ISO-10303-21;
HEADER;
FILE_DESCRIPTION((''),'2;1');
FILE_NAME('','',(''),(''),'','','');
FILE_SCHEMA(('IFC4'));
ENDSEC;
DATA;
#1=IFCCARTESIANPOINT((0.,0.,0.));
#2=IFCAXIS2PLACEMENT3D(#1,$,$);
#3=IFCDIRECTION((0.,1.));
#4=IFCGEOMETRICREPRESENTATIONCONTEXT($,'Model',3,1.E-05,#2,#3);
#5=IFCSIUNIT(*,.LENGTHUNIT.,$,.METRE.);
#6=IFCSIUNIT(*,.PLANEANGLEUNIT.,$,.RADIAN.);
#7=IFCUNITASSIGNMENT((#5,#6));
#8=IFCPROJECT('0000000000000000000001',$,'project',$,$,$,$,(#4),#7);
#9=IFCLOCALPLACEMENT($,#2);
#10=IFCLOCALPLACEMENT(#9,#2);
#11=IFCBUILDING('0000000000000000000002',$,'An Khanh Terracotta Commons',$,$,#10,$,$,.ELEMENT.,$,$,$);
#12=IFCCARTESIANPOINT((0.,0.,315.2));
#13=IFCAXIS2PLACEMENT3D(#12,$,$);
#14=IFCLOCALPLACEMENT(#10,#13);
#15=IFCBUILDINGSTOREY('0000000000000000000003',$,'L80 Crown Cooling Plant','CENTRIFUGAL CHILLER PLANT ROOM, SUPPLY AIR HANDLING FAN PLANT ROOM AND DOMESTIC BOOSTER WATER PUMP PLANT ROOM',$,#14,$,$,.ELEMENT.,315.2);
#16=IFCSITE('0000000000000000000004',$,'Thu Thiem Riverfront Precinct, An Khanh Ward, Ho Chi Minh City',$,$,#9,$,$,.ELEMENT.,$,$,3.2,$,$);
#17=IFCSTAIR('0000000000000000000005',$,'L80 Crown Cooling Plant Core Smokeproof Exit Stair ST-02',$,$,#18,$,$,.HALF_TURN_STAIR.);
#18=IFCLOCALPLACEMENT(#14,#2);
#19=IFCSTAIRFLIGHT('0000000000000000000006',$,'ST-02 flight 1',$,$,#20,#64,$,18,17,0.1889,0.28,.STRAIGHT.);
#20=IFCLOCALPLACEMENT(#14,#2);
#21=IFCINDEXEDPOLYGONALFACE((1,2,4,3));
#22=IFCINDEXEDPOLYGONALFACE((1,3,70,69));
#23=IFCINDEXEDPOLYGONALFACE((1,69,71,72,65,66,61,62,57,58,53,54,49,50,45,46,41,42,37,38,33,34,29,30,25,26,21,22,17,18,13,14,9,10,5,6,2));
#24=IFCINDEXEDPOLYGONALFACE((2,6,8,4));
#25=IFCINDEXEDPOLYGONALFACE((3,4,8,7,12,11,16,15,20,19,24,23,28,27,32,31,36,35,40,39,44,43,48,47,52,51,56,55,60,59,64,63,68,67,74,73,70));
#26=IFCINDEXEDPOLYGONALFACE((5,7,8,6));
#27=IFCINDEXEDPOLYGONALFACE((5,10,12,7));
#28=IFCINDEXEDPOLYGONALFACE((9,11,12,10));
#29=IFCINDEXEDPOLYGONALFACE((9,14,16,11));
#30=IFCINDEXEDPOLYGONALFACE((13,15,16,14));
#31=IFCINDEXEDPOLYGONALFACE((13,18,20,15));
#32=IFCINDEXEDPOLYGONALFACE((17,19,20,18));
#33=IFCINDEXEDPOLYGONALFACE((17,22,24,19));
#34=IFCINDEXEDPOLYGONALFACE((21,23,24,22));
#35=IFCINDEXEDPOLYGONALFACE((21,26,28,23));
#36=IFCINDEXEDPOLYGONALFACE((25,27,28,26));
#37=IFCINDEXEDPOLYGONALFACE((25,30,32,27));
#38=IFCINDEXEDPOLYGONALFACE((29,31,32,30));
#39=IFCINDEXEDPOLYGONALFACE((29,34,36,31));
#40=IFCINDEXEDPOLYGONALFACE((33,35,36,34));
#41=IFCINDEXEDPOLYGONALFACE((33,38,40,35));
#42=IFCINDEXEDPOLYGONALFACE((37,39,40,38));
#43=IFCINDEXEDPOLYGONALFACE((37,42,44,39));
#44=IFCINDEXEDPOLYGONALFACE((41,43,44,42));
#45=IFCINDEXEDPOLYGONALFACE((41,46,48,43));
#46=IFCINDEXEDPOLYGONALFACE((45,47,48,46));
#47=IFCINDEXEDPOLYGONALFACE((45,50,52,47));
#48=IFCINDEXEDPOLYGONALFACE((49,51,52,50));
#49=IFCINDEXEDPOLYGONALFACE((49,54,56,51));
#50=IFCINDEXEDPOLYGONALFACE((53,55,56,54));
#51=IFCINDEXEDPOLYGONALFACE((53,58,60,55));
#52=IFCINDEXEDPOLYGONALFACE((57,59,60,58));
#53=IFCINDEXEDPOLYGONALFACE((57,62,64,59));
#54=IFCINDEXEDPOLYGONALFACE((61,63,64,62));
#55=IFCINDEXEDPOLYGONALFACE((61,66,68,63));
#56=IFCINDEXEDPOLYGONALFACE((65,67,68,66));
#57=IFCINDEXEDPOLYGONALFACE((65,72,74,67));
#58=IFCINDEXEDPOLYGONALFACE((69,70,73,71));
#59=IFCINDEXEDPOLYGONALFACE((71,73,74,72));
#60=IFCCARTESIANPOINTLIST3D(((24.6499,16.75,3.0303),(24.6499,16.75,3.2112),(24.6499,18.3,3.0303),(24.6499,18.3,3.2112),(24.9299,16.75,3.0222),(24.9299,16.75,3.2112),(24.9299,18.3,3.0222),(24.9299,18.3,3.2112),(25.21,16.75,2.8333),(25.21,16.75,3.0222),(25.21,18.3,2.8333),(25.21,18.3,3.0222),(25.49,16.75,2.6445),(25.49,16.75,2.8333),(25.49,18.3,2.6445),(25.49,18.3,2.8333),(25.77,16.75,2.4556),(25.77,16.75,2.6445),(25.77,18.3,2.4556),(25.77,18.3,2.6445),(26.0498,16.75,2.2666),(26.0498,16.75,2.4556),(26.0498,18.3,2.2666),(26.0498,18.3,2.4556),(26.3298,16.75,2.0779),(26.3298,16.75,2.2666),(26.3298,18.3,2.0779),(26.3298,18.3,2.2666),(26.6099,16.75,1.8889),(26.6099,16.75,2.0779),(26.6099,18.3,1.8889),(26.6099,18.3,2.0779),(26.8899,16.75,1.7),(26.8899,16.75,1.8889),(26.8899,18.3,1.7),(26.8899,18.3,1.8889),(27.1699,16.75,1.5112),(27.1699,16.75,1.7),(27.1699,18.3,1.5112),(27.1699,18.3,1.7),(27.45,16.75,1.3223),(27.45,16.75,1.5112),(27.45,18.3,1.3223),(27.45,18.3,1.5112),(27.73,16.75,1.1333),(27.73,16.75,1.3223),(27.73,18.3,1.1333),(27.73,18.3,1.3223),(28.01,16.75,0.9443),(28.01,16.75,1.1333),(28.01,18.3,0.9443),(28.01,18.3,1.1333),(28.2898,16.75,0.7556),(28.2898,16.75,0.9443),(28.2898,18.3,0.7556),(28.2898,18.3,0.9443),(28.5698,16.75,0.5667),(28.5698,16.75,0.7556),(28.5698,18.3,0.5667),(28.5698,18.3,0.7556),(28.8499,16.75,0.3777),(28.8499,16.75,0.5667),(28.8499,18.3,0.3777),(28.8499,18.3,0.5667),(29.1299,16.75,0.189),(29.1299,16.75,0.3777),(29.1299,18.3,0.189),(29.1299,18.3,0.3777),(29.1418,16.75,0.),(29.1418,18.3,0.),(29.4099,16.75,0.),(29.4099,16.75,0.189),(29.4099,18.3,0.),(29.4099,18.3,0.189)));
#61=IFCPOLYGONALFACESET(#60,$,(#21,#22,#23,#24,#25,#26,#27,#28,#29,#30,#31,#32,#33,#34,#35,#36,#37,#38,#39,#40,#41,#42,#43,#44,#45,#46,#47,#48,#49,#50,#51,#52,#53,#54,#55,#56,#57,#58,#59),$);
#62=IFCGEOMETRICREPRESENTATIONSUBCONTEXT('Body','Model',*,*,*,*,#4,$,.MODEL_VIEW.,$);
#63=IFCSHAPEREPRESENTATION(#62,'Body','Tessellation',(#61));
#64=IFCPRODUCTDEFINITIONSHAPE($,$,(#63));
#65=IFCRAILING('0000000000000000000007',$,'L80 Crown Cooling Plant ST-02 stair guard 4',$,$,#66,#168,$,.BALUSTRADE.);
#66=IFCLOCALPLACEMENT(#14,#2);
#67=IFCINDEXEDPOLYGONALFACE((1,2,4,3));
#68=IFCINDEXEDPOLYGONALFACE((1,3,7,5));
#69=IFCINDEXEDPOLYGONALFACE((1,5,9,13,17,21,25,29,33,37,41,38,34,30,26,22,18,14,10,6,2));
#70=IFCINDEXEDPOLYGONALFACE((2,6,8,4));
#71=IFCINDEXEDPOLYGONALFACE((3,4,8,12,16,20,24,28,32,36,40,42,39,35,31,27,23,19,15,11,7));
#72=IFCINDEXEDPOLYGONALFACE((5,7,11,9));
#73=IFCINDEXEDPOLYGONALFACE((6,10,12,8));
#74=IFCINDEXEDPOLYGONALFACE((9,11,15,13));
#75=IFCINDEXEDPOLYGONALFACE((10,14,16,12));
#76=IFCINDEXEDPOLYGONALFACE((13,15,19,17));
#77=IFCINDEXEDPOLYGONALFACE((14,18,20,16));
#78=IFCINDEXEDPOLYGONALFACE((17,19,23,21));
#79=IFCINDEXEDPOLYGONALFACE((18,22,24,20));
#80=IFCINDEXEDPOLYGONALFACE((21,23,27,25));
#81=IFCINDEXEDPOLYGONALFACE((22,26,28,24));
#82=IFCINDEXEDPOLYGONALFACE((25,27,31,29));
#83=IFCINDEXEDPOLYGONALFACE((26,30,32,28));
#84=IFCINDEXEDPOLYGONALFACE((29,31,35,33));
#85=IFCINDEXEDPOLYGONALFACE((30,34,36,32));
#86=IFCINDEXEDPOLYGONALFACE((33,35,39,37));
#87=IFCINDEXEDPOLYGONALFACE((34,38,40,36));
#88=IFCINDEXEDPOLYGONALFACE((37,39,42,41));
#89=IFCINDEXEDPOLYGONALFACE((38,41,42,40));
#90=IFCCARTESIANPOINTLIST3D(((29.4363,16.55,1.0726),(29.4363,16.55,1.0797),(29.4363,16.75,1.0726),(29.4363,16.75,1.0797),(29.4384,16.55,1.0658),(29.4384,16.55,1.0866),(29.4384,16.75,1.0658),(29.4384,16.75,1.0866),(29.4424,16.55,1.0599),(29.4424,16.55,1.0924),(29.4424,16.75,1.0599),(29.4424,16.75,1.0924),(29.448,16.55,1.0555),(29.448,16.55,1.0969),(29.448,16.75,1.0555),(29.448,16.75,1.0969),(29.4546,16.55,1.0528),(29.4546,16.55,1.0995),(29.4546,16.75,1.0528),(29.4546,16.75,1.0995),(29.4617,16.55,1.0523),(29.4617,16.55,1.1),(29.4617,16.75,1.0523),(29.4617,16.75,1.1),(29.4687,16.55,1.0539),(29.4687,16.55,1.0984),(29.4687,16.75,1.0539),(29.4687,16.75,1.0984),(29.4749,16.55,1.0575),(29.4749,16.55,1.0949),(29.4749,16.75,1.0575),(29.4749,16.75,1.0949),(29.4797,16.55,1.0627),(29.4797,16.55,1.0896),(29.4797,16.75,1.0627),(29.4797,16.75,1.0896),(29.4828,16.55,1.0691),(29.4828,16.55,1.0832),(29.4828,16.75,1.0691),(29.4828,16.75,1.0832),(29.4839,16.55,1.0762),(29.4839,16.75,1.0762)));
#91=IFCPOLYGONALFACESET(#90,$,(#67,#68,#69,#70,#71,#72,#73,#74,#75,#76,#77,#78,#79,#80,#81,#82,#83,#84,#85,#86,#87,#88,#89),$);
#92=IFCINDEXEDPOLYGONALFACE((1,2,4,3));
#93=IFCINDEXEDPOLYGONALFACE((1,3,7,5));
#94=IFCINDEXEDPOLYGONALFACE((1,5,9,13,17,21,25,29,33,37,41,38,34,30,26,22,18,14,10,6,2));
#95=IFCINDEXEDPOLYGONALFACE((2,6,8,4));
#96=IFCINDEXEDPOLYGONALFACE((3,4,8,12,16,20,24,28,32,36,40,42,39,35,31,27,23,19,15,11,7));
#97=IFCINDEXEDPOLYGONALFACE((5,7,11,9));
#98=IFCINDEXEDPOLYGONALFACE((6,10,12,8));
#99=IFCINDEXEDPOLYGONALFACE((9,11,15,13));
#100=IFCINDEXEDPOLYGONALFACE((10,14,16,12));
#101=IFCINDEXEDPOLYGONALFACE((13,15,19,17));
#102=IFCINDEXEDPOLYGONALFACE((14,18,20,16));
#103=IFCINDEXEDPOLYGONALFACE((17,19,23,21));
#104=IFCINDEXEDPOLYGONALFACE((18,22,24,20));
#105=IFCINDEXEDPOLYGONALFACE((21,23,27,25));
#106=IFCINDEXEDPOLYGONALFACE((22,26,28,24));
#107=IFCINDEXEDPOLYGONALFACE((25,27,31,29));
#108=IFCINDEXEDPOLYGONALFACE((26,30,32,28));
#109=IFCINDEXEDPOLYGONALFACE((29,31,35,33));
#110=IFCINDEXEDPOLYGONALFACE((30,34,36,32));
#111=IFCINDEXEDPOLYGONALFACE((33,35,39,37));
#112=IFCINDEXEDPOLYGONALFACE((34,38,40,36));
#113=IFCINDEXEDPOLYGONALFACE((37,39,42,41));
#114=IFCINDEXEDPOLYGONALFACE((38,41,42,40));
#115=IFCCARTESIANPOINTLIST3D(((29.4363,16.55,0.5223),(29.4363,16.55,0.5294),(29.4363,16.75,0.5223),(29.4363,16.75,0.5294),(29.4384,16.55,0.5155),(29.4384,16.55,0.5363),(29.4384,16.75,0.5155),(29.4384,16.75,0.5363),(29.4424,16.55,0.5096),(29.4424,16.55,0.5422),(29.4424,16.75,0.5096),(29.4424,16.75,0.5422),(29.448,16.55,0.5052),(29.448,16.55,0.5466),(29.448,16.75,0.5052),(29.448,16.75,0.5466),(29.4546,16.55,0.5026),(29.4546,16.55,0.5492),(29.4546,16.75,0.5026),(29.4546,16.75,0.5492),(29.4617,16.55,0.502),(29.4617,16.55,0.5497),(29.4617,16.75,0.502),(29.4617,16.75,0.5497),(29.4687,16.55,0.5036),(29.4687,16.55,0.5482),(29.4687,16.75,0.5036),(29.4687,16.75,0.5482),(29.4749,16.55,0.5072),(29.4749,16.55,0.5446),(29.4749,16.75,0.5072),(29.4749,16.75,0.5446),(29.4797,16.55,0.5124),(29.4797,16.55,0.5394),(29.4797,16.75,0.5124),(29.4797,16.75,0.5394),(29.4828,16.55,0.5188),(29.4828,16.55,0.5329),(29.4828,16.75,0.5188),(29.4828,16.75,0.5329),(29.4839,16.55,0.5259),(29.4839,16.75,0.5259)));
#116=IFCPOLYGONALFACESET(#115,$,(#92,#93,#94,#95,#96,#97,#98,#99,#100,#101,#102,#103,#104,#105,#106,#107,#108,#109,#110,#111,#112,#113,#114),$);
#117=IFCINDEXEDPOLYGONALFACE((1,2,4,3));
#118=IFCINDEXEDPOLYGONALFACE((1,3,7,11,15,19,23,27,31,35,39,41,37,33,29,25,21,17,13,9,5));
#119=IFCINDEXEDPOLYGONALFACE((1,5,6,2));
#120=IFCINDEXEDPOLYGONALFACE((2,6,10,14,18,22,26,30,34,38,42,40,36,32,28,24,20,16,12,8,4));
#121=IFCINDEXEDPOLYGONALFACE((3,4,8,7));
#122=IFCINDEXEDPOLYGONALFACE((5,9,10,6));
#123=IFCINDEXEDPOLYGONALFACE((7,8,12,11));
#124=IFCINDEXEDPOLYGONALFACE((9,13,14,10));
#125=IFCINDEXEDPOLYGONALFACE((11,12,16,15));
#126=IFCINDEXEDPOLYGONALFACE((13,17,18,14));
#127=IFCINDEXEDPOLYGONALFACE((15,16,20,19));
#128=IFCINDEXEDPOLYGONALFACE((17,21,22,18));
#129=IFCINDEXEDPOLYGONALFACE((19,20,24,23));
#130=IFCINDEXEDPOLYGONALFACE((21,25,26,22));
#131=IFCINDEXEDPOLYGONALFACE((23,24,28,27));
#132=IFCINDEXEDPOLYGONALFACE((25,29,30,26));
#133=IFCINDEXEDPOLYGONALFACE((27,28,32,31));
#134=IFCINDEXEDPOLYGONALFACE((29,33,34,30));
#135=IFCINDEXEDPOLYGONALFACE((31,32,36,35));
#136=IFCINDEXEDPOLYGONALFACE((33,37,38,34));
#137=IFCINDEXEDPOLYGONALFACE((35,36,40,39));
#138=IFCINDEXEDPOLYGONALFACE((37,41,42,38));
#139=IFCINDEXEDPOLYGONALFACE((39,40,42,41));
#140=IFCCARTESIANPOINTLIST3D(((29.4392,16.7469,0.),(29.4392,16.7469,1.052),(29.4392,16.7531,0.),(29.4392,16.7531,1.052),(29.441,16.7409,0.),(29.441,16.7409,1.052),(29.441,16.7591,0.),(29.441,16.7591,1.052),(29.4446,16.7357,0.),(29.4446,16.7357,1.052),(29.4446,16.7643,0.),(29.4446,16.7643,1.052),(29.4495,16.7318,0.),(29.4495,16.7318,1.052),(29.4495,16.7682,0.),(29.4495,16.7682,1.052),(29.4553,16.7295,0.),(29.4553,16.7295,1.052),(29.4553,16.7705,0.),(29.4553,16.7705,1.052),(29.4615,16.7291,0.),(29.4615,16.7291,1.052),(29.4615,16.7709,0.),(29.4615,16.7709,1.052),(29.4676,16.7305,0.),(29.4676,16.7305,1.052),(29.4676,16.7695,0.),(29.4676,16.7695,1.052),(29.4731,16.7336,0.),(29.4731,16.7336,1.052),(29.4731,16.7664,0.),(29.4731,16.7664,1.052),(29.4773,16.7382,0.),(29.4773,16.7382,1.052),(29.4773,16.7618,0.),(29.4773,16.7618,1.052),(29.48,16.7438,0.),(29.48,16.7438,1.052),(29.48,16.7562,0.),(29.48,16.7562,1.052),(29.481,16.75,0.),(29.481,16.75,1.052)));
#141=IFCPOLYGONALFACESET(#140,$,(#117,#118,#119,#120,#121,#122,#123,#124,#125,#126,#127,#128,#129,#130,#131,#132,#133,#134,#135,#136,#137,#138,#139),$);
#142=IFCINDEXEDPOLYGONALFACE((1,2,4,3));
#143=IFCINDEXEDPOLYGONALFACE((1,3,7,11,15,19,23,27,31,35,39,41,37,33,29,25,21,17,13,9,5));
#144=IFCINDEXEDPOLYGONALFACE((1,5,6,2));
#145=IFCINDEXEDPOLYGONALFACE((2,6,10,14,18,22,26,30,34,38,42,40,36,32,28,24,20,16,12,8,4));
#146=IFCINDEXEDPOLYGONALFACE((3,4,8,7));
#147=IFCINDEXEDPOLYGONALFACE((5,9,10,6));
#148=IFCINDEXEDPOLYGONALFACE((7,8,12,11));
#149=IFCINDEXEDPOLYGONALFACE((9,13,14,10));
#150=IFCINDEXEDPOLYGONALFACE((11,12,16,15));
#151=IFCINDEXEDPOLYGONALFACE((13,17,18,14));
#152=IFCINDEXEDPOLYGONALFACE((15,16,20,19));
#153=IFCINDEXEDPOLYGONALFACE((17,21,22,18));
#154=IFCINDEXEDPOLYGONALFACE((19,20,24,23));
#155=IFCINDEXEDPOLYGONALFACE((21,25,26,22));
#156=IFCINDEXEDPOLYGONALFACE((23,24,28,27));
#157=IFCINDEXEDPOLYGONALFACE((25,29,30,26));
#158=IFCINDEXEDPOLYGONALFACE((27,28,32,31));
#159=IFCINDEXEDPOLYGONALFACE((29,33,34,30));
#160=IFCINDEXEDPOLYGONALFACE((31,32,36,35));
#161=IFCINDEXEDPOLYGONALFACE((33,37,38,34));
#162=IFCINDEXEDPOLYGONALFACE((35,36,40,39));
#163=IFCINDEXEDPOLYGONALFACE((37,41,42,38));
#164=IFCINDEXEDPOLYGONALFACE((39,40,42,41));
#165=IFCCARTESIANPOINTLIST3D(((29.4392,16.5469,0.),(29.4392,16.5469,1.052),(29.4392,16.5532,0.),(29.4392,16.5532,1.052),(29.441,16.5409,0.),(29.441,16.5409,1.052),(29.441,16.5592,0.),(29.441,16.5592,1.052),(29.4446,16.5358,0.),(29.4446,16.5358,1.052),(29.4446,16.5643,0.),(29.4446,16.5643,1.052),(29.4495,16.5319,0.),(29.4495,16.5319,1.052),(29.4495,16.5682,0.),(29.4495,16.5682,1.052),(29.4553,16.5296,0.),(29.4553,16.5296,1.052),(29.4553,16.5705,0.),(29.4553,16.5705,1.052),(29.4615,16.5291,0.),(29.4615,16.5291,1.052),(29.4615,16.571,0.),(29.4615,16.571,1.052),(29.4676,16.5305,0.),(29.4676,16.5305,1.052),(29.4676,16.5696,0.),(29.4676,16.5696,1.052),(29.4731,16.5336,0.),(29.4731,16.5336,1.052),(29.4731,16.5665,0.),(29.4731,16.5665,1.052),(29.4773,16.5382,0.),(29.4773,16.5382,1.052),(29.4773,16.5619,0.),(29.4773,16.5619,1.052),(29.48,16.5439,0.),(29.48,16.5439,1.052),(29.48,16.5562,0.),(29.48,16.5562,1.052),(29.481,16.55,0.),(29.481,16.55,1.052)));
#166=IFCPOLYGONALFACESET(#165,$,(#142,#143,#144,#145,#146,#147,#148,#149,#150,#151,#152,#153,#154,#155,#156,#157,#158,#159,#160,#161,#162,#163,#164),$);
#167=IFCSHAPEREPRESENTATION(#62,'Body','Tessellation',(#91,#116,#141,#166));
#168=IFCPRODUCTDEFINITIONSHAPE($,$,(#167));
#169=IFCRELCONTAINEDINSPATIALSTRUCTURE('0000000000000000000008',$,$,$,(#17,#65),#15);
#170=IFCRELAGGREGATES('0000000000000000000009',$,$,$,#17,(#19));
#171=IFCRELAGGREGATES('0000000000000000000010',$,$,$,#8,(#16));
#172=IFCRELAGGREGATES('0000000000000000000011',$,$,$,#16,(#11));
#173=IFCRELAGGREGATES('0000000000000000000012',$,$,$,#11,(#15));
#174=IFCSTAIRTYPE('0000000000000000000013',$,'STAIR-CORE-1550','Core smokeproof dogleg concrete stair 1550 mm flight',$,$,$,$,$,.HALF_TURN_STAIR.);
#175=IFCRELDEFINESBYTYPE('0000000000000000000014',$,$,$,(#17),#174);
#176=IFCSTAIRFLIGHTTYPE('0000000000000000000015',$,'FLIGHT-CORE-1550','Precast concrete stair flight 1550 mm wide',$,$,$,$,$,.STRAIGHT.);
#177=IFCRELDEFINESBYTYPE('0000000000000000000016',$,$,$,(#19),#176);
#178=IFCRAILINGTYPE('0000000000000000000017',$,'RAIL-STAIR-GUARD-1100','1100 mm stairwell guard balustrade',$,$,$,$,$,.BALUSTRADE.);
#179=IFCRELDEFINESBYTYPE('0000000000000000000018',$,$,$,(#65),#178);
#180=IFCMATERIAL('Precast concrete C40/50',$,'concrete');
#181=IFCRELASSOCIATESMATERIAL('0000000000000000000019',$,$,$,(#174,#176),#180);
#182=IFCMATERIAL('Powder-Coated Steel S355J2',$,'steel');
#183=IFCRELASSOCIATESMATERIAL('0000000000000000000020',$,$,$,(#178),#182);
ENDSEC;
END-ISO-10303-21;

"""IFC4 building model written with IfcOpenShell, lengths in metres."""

from ifc_helpers import new_model, si_unit, direction, frame, origin, origin_2d, place, context, subcontext, project, spatial, polyline, circle, outline, extrude, material, type_object, element, aggregate, save


model = new_model("IFC4")

# Units and contexts
model_context = context("Model", 3, precision=1e-05, world=origin(), true_north=direction((0.0, 1.0)))
body_context = subcontext(model_context, "Body", "Model", "MODEL_VIEW")
ifc_project = project(units=[si_unit("LENGTHUNIT", "METRE"), si_unit("PLANEANGLEUNIT", "RADIAN")], contexts=[model_context])

# Site, building, storey
site_placement = place(None, origin())
site = spatial("IfcSite", under=ifc_project, at=site_placement, Name="Thu Thiem Riverfront Precinct, An Khanh Ward, Ho Chi Minh City", CompositionType="ELEMENT", RefElevation=3.2)
building_placement = place(site_placement, origin())
building = spatial("IfcBuilding", under=site, at=building_placement, Name="An Khanh Terracotta Commons", CompositionType="ELEMENT")
storey_placement = place(building_placement, frame((0.0, 0.0, 315.2)))
storey = spatial("IfcBuildingStorey", under=building, at=storey_placement, Name="L80 Crown Cooling Plant", Description="CENTRIFUGAL CHILLER PLANT ROOM, SUPPLY AIR HANDLING FAN PLANT ROOM AND DOMESTIC BOOSTER WATER PUMP PLANT ROOM", CompositionType="ELEMENT", Elevation=315.2)

# Stair, stair flight
ifc_material_1 = material(Name="Precast concrete C40/50", Category="concrete")
stair_type = type_object("IfcStairType", Name="STAIR-CORE-1550", Description="Core smokeproof dogleg concrete stair 1550 mm flight", PredefinedType="HALF_TURN_STAIR", material=ifc_material_1)
stair_placement = place(storey_placement, origin())
stair = element("IfcStair", 1, at=stair_placement, inside=storey, type_object=stair_type, Name="L80 Crown Cooling Plant Core Smokeproof Exit Stair ST-02", PredefinedType="HALF_TURN_STAIR")
stair_flight_type = type_object("IfcStairFlightType", Name="FLIGHT-CORE-1550", Description="Precast concrete stair flight 1550 mm wide", PredefinedType="STRAIGHT", material=ifc_material_1)
stair_flight_placement = place(storey_placement, frame((29.4099, 17.5249, 0.0), z_axis=(0.0, 0.0, 1.0), x_axis=(-1.0, 0.0, 0.0)))
stair_flight = element("IfcStairFlight", 2, at=stair_flight_placement, type_object=stair_flight_type, Name="ST-02 flight 1", NumberOfRisers=18, NumberOfTreads=17, PredefinedType="STRAIGHT", RiserHeight=0.1889, TreadLength=0.28, context=body_context, shape_type="SweptSolid", body=[
    extrude(outline(polyline([(0.0, 0.0), (0.0, 0.189), (0.28, 0.189), (0.28, 0.3777), (0.5601, 0.3777), (0.5601, 0.5667), (0.8401, 0.5667), (0.8401, 0.7556), (1.1201, 0.7556), (1.1201, 0.9443), (1.3999, 0.9443), (1.3999, 1.1333), (1.6799, 1.1333), (1.6799, 1.3223), (1.96, 1.3223), (1.96, 1.5112), (2.24, 1.5112), (2.24, 1.7), (2.52, 1.7), (2.52, 1.8889), (2.8, 1.8889), (2.8, 2.0779), (3.0801, 2.0779), (3.0801, 2.2666), (3.3601, 2.2666), (3.3601, 2.4556), (3.6399, 2.4556), (3.6399, 2.6445), (3.9199, 2.6445), (3.9199, 2.8333), (4.2, 2.8333), (4.2, 3.0222), (4.48, 3.0222), (4.48, 3.2112), (4.76, 3.2112), (4.76, 3.3999), (4.76, 3.0303), (0.2681, 0.0), (0.0, 0.0)])), frame((0.0, 0.7749, 0.0), z_axis=(0.0, -1.0, 0.0), x_axis=(1.0, 0.0, 0.0)), (0.0, 0.0, 1.0), 1.55),
])
aggregate(stair, [stair_flight])

# Railing
ifc_material_2 = material(Name="Powder-Coated Steel S355J2", Category="steel")
railing_type = type_object("IfcRailingType", Name="RAIL-STAIR-GUARD-1100", Description="1100 mm stairwell guard balustrade", PredefinedType="BALUSTRADE", material=ifc_material_2)
railing_1_placement = place(storey_placement, frame((29.46, 16.75, 0.0)))
element("IfcRailing", 3, at=railing_1_placement, inside=storey, type_object=railing_type, Name="L80 Crown Cooling Plant ST-02 stair guard 4", PredefinedType="BALUSTRADE", context=body_context, shape_type="SweptSolid", body=[
    extrude(circle(Radius=0.0239, at=origin_2d()), frame((0.0, 0.0, 1.0762), z_axis=(0.0, -1.0, 0.0), x_axis=(1.0, 0.0, 0.0)), (0.0, 0.0, 1.0), 0.2),
    extrude(circle(Radius=0.0239, at=origin_2d()), frame((0.0, 0.0, 0.5259), z_axis=(0.0, -1.0, 0.0), x_axis=(1.0, 0.0, 0.0)), (0.0, 0.0, 1.0), 0.2),
    extrude(circle(Radius=0.021, at=origin_2d()), origin(), (0.0, 0.0, 1.0), 1.052),
    extrude(circle(Radius=0.021, at=origin_2d()), frame((0.0, -0.2, 0.0)), (0.0, 0.0, 1.0), 1.052),
])

save(model, "model.ifc")
